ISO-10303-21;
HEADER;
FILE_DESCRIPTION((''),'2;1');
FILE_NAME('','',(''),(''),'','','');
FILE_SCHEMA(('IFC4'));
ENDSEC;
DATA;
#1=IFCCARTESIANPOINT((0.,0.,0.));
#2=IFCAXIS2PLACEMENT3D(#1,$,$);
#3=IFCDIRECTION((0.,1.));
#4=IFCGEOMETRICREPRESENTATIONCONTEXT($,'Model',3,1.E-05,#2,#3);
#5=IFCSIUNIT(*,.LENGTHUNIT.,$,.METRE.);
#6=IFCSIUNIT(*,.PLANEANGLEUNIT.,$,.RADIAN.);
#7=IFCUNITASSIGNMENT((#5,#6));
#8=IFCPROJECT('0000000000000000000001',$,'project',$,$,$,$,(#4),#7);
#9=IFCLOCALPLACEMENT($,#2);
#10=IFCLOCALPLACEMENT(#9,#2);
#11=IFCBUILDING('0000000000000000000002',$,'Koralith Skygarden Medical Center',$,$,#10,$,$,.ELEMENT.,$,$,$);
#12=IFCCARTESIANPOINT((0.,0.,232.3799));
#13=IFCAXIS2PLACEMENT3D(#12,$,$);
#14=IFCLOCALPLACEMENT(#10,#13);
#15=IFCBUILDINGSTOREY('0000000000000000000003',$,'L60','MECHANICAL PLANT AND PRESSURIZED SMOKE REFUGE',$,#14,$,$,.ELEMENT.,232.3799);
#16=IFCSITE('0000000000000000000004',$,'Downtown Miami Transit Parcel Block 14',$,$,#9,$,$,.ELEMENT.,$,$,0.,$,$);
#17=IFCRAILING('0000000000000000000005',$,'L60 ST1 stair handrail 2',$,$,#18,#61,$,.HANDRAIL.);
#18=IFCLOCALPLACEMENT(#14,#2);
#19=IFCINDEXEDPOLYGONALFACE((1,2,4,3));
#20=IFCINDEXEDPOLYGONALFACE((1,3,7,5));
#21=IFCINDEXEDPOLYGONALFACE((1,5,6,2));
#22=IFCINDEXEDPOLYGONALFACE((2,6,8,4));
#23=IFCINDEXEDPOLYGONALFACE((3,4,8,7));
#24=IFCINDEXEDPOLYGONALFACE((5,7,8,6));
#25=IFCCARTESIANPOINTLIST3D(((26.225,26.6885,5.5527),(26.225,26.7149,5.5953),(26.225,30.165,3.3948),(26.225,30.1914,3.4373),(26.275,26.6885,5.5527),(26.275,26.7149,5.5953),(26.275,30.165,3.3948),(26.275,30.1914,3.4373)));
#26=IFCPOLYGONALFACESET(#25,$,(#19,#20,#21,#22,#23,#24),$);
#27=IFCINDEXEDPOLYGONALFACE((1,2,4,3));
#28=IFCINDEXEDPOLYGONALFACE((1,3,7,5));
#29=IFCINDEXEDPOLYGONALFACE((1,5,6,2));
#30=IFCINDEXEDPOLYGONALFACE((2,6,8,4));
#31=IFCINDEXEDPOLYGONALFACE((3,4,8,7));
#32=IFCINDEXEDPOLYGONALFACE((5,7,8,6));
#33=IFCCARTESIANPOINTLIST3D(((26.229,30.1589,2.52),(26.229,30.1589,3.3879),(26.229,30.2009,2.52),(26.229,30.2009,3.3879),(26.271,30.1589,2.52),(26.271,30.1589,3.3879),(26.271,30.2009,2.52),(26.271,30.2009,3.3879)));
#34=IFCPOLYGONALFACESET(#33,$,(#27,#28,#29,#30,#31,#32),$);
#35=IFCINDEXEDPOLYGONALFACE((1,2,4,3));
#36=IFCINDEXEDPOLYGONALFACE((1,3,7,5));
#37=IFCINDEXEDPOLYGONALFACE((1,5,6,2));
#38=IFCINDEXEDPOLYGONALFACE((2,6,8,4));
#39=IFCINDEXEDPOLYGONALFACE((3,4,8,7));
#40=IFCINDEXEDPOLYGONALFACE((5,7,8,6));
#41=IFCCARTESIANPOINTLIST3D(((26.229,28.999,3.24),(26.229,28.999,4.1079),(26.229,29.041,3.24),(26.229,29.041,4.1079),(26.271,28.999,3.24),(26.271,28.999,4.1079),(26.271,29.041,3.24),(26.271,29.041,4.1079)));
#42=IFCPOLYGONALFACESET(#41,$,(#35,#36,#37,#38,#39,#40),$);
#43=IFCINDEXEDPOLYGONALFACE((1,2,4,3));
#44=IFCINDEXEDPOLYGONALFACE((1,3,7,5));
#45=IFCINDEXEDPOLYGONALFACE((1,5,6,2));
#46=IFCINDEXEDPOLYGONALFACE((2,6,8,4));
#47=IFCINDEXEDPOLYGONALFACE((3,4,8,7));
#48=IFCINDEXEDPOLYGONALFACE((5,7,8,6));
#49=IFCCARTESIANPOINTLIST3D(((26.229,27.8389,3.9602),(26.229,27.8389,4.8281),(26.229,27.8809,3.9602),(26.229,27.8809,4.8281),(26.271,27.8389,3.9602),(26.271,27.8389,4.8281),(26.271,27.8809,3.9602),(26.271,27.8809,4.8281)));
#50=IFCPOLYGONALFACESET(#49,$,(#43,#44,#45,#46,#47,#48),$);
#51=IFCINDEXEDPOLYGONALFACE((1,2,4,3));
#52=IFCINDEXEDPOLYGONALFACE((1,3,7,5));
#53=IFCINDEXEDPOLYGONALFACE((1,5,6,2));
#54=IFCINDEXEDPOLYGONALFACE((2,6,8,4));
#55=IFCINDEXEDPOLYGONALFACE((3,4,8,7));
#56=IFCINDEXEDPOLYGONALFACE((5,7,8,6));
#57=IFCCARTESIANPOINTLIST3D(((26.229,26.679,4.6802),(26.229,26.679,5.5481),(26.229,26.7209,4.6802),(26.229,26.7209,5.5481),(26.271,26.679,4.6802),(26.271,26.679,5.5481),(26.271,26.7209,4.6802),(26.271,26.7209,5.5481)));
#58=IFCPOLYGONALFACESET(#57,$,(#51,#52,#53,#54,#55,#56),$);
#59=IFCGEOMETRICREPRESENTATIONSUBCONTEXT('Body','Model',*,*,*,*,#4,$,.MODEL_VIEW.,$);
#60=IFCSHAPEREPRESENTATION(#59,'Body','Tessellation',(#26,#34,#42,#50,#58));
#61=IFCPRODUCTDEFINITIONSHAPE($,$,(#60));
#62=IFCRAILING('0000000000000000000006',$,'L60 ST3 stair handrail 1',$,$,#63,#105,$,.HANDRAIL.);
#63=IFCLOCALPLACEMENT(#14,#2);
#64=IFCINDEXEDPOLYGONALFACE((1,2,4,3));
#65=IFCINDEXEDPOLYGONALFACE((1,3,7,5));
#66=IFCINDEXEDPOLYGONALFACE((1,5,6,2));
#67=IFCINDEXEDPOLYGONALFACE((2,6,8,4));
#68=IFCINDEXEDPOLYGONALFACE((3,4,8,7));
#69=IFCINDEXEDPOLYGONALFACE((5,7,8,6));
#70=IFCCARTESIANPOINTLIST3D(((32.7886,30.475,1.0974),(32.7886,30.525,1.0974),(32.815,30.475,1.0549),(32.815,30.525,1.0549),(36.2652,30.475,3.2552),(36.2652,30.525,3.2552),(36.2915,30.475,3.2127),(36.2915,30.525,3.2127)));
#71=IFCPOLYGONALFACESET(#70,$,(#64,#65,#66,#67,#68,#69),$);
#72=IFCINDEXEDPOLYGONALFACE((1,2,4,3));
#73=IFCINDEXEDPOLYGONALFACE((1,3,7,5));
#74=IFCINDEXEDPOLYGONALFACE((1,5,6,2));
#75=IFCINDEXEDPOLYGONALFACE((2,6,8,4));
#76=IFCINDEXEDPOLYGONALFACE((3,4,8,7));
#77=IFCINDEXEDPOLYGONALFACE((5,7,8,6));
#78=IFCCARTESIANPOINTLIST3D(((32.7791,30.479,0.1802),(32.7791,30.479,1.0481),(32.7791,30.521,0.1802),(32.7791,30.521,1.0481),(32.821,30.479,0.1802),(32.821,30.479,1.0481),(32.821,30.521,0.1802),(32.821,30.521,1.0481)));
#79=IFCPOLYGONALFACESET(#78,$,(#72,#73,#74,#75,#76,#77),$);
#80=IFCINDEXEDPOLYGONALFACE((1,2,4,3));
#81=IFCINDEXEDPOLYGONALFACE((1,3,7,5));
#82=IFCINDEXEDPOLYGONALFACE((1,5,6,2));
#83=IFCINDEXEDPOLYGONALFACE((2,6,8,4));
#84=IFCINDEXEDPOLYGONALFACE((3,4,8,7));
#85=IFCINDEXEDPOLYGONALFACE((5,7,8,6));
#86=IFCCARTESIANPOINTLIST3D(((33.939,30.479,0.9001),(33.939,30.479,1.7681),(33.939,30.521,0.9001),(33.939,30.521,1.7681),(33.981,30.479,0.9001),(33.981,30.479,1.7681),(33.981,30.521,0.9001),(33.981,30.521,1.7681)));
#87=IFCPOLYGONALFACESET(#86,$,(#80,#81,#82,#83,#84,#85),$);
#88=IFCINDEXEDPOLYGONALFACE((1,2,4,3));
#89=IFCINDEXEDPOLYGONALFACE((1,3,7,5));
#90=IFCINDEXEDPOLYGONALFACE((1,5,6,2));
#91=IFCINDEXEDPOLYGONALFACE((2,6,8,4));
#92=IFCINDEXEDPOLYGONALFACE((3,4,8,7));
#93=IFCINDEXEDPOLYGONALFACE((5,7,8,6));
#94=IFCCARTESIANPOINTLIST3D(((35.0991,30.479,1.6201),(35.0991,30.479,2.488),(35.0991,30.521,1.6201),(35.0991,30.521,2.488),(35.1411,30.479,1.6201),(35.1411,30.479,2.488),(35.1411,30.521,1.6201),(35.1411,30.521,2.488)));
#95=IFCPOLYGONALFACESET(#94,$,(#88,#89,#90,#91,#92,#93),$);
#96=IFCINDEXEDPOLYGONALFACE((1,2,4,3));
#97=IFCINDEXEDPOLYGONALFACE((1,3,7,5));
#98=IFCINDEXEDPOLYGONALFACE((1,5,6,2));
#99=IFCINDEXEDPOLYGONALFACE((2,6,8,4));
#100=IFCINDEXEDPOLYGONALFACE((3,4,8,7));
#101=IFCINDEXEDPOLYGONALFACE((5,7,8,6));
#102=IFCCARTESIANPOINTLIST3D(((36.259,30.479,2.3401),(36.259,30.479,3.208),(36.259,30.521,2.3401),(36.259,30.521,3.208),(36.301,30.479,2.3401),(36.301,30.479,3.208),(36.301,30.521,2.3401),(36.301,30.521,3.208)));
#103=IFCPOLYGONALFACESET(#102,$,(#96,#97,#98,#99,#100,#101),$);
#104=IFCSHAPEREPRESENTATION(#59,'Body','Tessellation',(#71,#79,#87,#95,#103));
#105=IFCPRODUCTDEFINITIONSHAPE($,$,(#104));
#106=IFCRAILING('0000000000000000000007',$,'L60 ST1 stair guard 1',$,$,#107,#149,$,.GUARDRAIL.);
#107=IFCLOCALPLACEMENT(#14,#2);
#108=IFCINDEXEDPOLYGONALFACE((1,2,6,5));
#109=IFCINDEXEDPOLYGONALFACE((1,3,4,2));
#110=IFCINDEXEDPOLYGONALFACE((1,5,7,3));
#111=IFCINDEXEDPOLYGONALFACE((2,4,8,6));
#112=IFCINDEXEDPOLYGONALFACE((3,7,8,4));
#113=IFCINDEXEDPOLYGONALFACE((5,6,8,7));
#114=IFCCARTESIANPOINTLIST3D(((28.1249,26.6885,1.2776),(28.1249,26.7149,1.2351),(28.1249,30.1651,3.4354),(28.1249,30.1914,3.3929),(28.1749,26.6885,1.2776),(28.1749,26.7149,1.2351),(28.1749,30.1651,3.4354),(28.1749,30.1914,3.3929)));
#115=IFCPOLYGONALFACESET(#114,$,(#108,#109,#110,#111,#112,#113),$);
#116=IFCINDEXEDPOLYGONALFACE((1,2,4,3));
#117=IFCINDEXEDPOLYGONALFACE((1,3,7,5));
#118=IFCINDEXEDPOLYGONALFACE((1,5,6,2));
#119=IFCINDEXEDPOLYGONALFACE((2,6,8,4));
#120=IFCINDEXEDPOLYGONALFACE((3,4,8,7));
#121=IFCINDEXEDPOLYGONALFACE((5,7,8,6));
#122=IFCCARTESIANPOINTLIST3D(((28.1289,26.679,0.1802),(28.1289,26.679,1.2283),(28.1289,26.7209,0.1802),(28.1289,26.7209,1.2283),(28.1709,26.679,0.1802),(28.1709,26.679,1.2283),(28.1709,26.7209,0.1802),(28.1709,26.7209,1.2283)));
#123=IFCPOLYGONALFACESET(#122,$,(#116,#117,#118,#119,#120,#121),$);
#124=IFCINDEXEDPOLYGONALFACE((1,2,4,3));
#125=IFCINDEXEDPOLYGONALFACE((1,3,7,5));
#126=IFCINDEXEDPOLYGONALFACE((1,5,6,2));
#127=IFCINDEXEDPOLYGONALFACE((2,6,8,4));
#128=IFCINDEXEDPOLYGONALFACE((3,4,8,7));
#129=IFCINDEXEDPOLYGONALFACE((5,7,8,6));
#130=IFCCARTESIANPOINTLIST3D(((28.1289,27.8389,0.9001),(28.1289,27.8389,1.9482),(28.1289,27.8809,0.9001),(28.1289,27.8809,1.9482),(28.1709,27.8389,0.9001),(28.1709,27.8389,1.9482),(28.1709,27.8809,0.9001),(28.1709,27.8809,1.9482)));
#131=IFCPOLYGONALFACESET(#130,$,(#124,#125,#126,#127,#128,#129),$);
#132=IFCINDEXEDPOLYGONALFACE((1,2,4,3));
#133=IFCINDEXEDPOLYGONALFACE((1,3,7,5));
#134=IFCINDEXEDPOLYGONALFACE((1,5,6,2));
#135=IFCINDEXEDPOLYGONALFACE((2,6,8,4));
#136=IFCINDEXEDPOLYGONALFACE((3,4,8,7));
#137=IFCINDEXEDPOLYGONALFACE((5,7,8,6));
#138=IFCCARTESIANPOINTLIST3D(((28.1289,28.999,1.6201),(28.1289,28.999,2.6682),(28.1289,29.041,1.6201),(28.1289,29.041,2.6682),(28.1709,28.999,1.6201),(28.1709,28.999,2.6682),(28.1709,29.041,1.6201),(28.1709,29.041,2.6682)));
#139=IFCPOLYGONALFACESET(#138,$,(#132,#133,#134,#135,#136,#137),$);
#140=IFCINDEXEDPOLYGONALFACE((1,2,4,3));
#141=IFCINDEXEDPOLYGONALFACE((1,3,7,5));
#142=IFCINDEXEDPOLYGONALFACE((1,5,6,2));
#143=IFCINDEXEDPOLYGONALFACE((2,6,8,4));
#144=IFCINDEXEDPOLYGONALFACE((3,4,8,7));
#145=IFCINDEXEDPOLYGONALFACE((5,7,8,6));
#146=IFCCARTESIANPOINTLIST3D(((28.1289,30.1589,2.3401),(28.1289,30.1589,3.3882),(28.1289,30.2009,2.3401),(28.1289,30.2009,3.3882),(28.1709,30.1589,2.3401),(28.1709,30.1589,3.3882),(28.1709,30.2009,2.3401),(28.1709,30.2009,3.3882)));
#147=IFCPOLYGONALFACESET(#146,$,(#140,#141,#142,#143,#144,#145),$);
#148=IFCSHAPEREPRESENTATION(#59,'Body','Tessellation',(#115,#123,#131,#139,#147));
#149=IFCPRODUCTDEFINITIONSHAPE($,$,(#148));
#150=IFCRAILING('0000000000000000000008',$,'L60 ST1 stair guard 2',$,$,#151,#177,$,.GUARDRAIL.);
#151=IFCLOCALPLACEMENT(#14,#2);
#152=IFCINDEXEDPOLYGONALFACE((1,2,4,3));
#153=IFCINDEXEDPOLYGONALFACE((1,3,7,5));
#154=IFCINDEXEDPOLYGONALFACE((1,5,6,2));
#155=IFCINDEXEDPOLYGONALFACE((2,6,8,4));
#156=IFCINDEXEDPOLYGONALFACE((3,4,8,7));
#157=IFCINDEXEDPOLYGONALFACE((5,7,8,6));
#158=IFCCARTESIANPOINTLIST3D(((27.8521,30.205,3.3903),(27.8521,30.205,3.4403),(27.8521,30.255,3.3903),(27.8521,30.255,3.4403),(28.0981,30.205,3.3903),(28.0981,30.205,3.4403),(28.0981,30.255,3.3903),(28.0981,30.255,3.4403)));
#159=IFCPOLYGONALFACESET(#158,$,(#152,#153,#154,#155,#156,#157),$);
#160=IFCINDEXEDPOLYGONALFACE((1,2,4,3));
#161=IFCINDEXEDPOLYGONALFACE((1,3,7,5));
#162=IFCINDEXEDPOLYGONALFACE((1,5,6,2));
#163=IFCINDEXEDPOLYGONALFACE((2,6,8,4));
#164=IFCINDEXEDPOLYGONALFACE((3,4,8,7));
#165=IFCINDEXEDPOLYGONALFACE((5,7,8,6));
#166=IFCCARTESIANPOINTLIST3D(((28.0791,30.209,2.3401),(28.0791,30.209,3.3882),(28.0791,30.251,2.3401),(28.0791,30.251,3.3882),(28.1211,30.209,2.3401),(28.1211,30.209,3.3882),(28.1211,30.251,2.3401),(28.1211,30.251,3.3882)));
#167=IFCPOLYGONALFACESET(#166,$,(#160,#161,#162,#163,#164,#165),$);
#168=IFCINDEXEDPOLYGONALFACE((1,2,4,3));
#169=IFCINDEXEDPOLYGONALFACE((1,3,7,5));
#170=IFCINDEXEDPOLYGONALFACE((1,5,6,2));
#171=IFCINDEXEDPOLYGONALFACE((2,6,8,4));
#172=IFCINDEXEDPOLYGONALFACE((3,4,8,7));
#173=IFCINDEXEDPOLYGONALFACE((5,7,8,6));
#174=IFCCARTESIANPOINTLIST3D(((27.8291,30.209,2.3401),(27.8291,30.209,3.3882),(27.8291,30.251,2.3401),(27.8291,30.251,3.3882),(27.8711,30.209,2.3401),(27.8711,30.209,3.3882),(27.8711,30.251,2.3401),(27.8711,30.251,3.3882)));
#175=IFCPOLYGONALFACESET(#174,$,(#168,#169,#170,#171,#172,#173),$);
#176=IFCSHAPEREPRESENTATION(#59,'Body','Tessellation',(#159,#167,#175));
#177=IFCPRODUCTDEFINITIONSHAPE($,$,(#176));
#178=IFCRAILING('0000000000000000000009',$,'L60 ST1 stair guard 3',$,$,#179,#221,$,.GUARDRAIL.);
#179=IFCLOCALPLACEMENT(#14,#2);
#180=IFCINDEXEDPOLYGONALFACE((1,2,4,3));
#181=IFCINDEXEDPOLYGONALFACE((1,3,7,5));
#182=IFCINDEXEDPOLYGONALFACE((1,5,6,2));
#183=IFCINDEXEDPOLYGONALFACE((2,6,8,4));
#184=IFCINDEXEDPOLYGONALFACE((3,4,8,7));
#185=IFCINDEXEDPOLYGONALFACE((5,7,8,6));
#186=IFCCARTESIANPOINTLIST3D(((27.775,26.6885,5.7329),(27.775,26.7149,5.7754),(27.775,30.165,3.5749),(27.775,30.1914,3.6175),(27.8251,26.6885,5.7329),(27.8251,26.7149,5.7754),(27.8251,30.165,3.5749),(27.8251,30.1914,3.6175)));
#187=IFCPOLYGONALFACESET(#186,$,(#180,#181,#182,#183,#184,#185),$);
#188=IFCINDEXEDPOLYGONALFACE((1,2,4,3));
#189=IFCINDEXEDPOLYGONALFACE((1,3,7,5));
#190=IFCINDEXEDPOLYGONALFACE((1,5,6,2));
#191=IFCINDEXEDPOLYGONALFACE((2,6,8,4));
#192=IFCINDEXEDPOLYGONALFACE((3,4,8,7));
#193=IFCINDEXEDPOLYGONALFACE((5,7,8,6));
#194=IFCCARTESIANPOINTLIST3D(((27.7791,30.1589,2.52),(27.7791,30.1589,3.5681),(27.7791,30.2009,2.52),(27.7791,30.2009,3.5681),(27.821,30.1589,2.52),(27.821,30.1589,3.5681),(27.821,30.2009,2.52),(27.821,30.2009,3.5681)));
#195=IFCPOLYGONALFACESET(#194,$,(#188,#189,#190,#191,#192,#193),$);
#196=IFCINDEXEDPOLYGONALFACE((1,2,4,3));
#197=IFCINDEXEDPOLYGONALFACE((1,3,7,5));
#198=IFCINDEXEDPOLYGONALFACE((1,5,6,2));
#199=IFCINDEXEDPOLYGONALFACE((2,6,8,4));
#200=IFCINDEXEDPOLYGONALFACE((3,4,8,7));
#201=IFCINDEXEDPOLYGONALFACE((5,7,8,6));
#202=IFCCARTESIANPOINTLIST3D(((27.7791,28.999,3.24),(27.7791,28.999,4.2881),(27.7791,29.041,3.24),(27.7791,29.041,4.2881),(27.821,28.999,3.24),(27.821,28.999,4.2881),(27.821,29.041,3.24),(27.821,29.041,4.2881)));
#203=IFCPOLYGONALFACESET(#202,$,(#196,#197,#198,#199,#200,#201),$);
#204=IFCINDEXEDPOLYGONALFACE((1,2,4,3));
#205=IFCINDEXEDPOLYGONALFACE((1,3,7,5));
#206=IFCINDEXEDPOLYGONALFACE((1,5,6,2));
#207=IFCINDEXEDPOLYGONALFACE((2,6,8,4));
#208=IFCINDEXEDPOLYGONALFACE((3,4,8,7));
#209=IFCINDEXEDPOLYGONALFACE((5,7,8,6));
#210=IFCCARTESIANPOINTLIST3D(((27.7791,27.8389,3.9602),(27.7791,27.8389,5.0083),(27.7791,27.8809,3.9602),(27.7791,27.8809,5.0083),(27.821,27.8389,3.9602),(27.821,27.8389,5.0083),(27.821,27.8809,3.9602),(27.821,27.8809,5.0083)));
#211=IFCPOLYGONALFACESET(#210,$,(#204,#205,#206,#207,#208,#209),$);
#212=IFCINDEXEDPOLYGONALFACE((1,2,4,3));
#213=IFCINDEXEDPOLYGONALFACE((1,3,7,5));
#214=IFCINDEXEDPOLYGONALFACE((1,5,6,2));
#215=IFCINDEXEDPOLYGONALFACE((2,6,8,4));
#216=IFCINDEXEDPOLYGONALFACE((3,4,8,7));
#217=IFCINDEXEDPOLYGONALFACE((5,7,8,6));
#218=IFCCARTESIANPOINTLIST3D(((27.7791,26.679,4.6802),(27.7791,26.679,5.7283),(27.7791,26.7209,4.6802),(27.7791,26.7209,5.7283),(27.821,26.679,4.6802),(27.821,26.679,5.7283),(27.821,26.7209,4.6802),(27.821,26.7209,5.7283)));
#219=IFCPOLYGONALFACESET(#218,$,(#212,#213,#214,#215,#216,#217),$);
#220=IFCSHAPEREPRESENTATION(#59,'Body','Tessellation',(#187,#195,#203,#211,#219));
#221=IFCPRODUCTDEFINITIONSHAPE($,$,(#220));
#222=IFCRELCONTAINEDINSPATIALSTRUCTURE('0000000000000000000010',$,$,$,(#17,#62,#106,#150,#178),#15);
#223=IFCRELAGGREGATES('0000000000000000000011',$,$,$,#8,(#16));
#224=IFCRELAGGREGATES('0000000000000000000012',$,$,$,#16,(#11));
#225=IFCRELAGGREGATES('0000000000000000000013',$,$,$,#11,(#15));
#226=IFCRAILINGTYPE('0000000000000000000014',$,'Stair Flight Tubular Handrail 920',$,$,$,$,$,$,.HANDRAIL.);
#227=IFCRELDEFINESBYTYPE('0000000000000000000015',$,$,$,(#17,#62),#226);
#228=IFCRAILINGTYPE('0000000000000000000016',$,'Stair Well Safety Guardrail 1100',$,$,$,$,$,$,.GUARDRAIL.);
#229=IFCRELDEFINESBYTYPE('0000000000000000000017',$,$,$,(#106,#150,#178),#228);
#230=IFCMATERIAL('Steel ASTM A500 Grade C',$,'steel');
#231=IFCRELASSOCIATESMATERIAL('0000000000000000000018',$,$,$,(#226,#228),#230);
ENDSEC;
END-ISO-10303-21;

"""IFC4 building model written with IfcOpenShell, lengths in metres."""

from ifc_helpers import new_model, si_unit, direction, frame, origin, origin_2d, place, context, subcontext, project, spatial, rectangle, extrude, material, type_object, element, save


model = new_model("IFC4")

# Units and contexts
model_context = context("Model", 3, precision=1e-05, world=origin(), true_north=direction((0.0, 1.0)))
body_context = subcontext(model_context, "Body", "Model", "MODEL_VIEW")
ifc_project = project(units=[si_unit("LENGTHUNIT", "METRE"), si_unit("PLANEANGLEUNIT", "RADIAN")], contexts=[model_context])

# Site, building, storey
site_placement = place(None, origin())
site = spatial("IfcSite", under=ifc_project, at=site_placement, Name="Downtown Miami Transit Parcel Block 14", CompositionType="ELEMENT", RefElevation=0.0)
building_placement = place(site_placement, origin())
building = spatial("IfcBuilding", under=site, at=building_placement, Name="Koralith Skygarden Medical Center", CompositionType="ELEMENT")
storey_placement = place(building_placement, frame((0.0, 0.0, 232.3799)))
storey = spatial("IfcBuildingStorey", under=building, at=storey_placement, Name="L60", Description="MECHANICAL PLANT AND PRESSURIZED SMOKE REFUGE", CompositionType="ELEMENT", Elevation=232.3799)

# Shared definitions
ifc_material_1 = material(Name="Steel ASTM A500 Grade C", Category="steel")

# Railings
railing_type_1 = type_object("IfcRailingType", Name="Stair Flight Tubular Handrail 920", PredefinedType="HANDRAIL", material=ifc_material_1)
railing_1_placement = place(storey_placement, frame((26.25, 30.1799, 2.52)))
element("IfcRailing", 1, at=railing_1_placement, inside=storey, type_object=railing_type_1, Name="L60 ST1 stair handrail 2", PredefinedType="HANDRAIL", context=body_context, shape_type="SweptSolid", body=[
    extrude(rectangle(XDim=0.05, YDim=0.05, at=origin_2d()), frame((0.0, -0.0017, 0.896), z_axis=(0.0, -0.849622, 0.527393), x_axis=(1.0, 0.0, 0.0)), (0.0, 0.0, 1.0), 4.0918),
    extrude(rectangle(XDim=0.042, YDim=0.042, at=origin_2d()), origin(), (0.0, 0.0, 1.0), 0.8679),
    extrude(rectangle(XDim=0.042, YDim=0.042, at=origin_2d()), frame((0.0, -1.1599, 0.72)), (0.0, 0.0, 1.0), 0.8679),
    extrude(rectangle(XDim=0.042, YDim=0.042, at=origin_2d()), frame((0.0, -2.3201, 1.4402)), (0.0, 0.0, 1.0), 0.8679),
    extrude(rectangle(XDim=0.042, YDim=0.042, at=origin_2d()), frame((0.0, -3.48, 2.1602)), (0.0, 0.0, 1.0), 0.8679),
])
railing_2_placement = place(storey_placement, frame((32.8, 30.5, 0.1802)))
element("IfcRailing", 2, at=railing_2_placement, inside=storey, type_object=railing_type_1, Name="L60 ST3 stair handrail 1", PredefinedType="HANDRAIL", context=body_context, shape_type="SweptSolid", body=[
    extrude(rectangle(XDim=0.05, YDim=0.05, at=origin_2d()), frame((0.0017, 0.0, 0.896), z_axis=(0.849648, 0.0, 0.52735), x_axis=(0.0, 1.0, 0.0)), (0.0, 0.0, 1.0), 4.0918),
    extrude(rectangle(XDim=0.042, YDim=0.042, at=origin_2d()), origin(), (0.0, 0.0, 1.0), 0.8679),
    extrude(rectangle(XDim=0.042, YDim=0.042, at=origin_2d()), frame((1.1599, 0.0, 0.72)), (0.0, 0.0, 1.0), 0.8679),
    extrude(rectangle(XDim=0.042, YDim=0.042, at=origin_2d()), frame((2.3201, 0.0, 1.4399)), (0.0, 0.0, 1.0), 0.8679),
    extrude(rectangle(XDim=0.042, YDim=0.042, at=origin_2d()), frame((3.48, 0.0, 2.1599)), (0.0, 0.0, 1.0), 0.8679),
])
railing_type_2 = type_object("IfcRailingType", Name="Stair Well Safety Guardrail 1100", PredefinedType="GUARDRAIL", material=ifc_material_1)
railing_3_placement = place(storey_placement, frame((28.1499, 26.7, 0.1802)))
element("IfcRailing", 3, at=railing_3_placement, inside=storey, type_object=railing_type_2, Name="L60 ST1 stair guard 1", PredefinedType="GUARDRAIL", context=body_context, shape_type="SweptSolid", body=[
    extrude(rectangle(XDim=0.05, YDim=0.05, at=origin_2d()), frame((0.0, 0.0017, 1.0762), z_axis=(0.0, 0.849648, 0.52735), x_axis=(-1.0, 0.0, 0.0)), (0.0, 0.0, 1.0), 4.0918),
    extrude(rectangle(XDim=0.042, YDim=0.042, at=origin_2d()), origin(), (0.0, 0.0, 1.0), 1.0481),
    extrude(rectangle(XDim=0.042, YDim=0.042, at=origin_2d()), frame((0.0, 1.1599, 0.72)), (0.0, 0.0, 1.0), 1.0481),
    extrude(rectangle(XDim=0.042, YDim=0.042, at=origin_2d()), frame((0.0, 2.3201, 1.4399)), (0.0, 0.0, 1.0), 1.0481),
    extrude(rectangle(XDim=0.042, YDim=0.042, at=origin_2d()), frame((0.0, 3.48, 2.1599)), (0.0, 0.0, 1.0), 1.0481),
])
railing_4_placement = place(storey_placement, frame((28.1001, 30.23, 2.3401)))
element("IfcRailing", 4, at=railing_4_placement, inside=storey, type_object=railing_type_2, Name="L60 ST1 stair guard 2", PredefinedType="GUARDRAIL", context=body_context, shape_type="SweptSolid", body=[
    extrude(rectangle(XDim=0.05, YDim=0.05, at=origin_2d()), frame((-0.002, 0.0, 1.0752), z_axis=(-1.0, 0.0, 0.0), x_axis=(0.0, -1.0, 0.0)), (0.0, 0.0, 1.0), 0.2461),
    extrude(rectangle(XDim=0.042, YDim=0.042, at=origin_2d()), origin(), (0.0, 0.0, 1.0), 1.0481),
    extrude(rectangle(XDim=0.042, YDim=0.042, at=origin_2d()), frame((-0.25, 0.0, 0.0)), (0.0, 0.0, 1.0), 1.0481),
])
railing_5_placement = place(storey_placement, frame((27.8, 30.1799, 2.52)))
element("IfcRailing", 5, at=railing_5_placement, inside=storey, type_object=railing_type_2, Name="L60 ST1 stair guard 3", PredefinedType="GUARDRAIL", context=body_context, shape_type="SweptSolid", body=[
    extrude(rectangle(XDim=0.05, YDim=0.05, at=origin_2d()), frame((0.0, -0.0017, 1.0762), z_axis=(0.0, -0.849622, 0.527393), x_axis=(1.0, 0.0, 0.0)), (0.0, 0.0, 1.0), 4.0918),
    extrude(rectangle(XDim=0.042, YDim=0.042, at=origin_2d()), origin(), (0.0, 0.0, 1.0), 1.0481),
    extrude(rectangle(XDim=0.042, YDim=0.042, at=origin_2d()), frame((0.0, -1.1599, 0.72)), (0.0, 0.0, 1.0), 1.0481),
    extrude(rectangle(XDim=0.042, YDim=0.042, at=origin_2d()), frame((0.0, -2.3201, 1.4402)), (0.0, 0.0, 1.0), 1.0481),
    extrude(rectangle(XDim=0.042, YDim=0.042, at=origin_2d()), frame((0.0, -3.48, 2.1602)), (0.0, 0.0, 1.0), 1.0481),
])

save(model, "model.ifc")
